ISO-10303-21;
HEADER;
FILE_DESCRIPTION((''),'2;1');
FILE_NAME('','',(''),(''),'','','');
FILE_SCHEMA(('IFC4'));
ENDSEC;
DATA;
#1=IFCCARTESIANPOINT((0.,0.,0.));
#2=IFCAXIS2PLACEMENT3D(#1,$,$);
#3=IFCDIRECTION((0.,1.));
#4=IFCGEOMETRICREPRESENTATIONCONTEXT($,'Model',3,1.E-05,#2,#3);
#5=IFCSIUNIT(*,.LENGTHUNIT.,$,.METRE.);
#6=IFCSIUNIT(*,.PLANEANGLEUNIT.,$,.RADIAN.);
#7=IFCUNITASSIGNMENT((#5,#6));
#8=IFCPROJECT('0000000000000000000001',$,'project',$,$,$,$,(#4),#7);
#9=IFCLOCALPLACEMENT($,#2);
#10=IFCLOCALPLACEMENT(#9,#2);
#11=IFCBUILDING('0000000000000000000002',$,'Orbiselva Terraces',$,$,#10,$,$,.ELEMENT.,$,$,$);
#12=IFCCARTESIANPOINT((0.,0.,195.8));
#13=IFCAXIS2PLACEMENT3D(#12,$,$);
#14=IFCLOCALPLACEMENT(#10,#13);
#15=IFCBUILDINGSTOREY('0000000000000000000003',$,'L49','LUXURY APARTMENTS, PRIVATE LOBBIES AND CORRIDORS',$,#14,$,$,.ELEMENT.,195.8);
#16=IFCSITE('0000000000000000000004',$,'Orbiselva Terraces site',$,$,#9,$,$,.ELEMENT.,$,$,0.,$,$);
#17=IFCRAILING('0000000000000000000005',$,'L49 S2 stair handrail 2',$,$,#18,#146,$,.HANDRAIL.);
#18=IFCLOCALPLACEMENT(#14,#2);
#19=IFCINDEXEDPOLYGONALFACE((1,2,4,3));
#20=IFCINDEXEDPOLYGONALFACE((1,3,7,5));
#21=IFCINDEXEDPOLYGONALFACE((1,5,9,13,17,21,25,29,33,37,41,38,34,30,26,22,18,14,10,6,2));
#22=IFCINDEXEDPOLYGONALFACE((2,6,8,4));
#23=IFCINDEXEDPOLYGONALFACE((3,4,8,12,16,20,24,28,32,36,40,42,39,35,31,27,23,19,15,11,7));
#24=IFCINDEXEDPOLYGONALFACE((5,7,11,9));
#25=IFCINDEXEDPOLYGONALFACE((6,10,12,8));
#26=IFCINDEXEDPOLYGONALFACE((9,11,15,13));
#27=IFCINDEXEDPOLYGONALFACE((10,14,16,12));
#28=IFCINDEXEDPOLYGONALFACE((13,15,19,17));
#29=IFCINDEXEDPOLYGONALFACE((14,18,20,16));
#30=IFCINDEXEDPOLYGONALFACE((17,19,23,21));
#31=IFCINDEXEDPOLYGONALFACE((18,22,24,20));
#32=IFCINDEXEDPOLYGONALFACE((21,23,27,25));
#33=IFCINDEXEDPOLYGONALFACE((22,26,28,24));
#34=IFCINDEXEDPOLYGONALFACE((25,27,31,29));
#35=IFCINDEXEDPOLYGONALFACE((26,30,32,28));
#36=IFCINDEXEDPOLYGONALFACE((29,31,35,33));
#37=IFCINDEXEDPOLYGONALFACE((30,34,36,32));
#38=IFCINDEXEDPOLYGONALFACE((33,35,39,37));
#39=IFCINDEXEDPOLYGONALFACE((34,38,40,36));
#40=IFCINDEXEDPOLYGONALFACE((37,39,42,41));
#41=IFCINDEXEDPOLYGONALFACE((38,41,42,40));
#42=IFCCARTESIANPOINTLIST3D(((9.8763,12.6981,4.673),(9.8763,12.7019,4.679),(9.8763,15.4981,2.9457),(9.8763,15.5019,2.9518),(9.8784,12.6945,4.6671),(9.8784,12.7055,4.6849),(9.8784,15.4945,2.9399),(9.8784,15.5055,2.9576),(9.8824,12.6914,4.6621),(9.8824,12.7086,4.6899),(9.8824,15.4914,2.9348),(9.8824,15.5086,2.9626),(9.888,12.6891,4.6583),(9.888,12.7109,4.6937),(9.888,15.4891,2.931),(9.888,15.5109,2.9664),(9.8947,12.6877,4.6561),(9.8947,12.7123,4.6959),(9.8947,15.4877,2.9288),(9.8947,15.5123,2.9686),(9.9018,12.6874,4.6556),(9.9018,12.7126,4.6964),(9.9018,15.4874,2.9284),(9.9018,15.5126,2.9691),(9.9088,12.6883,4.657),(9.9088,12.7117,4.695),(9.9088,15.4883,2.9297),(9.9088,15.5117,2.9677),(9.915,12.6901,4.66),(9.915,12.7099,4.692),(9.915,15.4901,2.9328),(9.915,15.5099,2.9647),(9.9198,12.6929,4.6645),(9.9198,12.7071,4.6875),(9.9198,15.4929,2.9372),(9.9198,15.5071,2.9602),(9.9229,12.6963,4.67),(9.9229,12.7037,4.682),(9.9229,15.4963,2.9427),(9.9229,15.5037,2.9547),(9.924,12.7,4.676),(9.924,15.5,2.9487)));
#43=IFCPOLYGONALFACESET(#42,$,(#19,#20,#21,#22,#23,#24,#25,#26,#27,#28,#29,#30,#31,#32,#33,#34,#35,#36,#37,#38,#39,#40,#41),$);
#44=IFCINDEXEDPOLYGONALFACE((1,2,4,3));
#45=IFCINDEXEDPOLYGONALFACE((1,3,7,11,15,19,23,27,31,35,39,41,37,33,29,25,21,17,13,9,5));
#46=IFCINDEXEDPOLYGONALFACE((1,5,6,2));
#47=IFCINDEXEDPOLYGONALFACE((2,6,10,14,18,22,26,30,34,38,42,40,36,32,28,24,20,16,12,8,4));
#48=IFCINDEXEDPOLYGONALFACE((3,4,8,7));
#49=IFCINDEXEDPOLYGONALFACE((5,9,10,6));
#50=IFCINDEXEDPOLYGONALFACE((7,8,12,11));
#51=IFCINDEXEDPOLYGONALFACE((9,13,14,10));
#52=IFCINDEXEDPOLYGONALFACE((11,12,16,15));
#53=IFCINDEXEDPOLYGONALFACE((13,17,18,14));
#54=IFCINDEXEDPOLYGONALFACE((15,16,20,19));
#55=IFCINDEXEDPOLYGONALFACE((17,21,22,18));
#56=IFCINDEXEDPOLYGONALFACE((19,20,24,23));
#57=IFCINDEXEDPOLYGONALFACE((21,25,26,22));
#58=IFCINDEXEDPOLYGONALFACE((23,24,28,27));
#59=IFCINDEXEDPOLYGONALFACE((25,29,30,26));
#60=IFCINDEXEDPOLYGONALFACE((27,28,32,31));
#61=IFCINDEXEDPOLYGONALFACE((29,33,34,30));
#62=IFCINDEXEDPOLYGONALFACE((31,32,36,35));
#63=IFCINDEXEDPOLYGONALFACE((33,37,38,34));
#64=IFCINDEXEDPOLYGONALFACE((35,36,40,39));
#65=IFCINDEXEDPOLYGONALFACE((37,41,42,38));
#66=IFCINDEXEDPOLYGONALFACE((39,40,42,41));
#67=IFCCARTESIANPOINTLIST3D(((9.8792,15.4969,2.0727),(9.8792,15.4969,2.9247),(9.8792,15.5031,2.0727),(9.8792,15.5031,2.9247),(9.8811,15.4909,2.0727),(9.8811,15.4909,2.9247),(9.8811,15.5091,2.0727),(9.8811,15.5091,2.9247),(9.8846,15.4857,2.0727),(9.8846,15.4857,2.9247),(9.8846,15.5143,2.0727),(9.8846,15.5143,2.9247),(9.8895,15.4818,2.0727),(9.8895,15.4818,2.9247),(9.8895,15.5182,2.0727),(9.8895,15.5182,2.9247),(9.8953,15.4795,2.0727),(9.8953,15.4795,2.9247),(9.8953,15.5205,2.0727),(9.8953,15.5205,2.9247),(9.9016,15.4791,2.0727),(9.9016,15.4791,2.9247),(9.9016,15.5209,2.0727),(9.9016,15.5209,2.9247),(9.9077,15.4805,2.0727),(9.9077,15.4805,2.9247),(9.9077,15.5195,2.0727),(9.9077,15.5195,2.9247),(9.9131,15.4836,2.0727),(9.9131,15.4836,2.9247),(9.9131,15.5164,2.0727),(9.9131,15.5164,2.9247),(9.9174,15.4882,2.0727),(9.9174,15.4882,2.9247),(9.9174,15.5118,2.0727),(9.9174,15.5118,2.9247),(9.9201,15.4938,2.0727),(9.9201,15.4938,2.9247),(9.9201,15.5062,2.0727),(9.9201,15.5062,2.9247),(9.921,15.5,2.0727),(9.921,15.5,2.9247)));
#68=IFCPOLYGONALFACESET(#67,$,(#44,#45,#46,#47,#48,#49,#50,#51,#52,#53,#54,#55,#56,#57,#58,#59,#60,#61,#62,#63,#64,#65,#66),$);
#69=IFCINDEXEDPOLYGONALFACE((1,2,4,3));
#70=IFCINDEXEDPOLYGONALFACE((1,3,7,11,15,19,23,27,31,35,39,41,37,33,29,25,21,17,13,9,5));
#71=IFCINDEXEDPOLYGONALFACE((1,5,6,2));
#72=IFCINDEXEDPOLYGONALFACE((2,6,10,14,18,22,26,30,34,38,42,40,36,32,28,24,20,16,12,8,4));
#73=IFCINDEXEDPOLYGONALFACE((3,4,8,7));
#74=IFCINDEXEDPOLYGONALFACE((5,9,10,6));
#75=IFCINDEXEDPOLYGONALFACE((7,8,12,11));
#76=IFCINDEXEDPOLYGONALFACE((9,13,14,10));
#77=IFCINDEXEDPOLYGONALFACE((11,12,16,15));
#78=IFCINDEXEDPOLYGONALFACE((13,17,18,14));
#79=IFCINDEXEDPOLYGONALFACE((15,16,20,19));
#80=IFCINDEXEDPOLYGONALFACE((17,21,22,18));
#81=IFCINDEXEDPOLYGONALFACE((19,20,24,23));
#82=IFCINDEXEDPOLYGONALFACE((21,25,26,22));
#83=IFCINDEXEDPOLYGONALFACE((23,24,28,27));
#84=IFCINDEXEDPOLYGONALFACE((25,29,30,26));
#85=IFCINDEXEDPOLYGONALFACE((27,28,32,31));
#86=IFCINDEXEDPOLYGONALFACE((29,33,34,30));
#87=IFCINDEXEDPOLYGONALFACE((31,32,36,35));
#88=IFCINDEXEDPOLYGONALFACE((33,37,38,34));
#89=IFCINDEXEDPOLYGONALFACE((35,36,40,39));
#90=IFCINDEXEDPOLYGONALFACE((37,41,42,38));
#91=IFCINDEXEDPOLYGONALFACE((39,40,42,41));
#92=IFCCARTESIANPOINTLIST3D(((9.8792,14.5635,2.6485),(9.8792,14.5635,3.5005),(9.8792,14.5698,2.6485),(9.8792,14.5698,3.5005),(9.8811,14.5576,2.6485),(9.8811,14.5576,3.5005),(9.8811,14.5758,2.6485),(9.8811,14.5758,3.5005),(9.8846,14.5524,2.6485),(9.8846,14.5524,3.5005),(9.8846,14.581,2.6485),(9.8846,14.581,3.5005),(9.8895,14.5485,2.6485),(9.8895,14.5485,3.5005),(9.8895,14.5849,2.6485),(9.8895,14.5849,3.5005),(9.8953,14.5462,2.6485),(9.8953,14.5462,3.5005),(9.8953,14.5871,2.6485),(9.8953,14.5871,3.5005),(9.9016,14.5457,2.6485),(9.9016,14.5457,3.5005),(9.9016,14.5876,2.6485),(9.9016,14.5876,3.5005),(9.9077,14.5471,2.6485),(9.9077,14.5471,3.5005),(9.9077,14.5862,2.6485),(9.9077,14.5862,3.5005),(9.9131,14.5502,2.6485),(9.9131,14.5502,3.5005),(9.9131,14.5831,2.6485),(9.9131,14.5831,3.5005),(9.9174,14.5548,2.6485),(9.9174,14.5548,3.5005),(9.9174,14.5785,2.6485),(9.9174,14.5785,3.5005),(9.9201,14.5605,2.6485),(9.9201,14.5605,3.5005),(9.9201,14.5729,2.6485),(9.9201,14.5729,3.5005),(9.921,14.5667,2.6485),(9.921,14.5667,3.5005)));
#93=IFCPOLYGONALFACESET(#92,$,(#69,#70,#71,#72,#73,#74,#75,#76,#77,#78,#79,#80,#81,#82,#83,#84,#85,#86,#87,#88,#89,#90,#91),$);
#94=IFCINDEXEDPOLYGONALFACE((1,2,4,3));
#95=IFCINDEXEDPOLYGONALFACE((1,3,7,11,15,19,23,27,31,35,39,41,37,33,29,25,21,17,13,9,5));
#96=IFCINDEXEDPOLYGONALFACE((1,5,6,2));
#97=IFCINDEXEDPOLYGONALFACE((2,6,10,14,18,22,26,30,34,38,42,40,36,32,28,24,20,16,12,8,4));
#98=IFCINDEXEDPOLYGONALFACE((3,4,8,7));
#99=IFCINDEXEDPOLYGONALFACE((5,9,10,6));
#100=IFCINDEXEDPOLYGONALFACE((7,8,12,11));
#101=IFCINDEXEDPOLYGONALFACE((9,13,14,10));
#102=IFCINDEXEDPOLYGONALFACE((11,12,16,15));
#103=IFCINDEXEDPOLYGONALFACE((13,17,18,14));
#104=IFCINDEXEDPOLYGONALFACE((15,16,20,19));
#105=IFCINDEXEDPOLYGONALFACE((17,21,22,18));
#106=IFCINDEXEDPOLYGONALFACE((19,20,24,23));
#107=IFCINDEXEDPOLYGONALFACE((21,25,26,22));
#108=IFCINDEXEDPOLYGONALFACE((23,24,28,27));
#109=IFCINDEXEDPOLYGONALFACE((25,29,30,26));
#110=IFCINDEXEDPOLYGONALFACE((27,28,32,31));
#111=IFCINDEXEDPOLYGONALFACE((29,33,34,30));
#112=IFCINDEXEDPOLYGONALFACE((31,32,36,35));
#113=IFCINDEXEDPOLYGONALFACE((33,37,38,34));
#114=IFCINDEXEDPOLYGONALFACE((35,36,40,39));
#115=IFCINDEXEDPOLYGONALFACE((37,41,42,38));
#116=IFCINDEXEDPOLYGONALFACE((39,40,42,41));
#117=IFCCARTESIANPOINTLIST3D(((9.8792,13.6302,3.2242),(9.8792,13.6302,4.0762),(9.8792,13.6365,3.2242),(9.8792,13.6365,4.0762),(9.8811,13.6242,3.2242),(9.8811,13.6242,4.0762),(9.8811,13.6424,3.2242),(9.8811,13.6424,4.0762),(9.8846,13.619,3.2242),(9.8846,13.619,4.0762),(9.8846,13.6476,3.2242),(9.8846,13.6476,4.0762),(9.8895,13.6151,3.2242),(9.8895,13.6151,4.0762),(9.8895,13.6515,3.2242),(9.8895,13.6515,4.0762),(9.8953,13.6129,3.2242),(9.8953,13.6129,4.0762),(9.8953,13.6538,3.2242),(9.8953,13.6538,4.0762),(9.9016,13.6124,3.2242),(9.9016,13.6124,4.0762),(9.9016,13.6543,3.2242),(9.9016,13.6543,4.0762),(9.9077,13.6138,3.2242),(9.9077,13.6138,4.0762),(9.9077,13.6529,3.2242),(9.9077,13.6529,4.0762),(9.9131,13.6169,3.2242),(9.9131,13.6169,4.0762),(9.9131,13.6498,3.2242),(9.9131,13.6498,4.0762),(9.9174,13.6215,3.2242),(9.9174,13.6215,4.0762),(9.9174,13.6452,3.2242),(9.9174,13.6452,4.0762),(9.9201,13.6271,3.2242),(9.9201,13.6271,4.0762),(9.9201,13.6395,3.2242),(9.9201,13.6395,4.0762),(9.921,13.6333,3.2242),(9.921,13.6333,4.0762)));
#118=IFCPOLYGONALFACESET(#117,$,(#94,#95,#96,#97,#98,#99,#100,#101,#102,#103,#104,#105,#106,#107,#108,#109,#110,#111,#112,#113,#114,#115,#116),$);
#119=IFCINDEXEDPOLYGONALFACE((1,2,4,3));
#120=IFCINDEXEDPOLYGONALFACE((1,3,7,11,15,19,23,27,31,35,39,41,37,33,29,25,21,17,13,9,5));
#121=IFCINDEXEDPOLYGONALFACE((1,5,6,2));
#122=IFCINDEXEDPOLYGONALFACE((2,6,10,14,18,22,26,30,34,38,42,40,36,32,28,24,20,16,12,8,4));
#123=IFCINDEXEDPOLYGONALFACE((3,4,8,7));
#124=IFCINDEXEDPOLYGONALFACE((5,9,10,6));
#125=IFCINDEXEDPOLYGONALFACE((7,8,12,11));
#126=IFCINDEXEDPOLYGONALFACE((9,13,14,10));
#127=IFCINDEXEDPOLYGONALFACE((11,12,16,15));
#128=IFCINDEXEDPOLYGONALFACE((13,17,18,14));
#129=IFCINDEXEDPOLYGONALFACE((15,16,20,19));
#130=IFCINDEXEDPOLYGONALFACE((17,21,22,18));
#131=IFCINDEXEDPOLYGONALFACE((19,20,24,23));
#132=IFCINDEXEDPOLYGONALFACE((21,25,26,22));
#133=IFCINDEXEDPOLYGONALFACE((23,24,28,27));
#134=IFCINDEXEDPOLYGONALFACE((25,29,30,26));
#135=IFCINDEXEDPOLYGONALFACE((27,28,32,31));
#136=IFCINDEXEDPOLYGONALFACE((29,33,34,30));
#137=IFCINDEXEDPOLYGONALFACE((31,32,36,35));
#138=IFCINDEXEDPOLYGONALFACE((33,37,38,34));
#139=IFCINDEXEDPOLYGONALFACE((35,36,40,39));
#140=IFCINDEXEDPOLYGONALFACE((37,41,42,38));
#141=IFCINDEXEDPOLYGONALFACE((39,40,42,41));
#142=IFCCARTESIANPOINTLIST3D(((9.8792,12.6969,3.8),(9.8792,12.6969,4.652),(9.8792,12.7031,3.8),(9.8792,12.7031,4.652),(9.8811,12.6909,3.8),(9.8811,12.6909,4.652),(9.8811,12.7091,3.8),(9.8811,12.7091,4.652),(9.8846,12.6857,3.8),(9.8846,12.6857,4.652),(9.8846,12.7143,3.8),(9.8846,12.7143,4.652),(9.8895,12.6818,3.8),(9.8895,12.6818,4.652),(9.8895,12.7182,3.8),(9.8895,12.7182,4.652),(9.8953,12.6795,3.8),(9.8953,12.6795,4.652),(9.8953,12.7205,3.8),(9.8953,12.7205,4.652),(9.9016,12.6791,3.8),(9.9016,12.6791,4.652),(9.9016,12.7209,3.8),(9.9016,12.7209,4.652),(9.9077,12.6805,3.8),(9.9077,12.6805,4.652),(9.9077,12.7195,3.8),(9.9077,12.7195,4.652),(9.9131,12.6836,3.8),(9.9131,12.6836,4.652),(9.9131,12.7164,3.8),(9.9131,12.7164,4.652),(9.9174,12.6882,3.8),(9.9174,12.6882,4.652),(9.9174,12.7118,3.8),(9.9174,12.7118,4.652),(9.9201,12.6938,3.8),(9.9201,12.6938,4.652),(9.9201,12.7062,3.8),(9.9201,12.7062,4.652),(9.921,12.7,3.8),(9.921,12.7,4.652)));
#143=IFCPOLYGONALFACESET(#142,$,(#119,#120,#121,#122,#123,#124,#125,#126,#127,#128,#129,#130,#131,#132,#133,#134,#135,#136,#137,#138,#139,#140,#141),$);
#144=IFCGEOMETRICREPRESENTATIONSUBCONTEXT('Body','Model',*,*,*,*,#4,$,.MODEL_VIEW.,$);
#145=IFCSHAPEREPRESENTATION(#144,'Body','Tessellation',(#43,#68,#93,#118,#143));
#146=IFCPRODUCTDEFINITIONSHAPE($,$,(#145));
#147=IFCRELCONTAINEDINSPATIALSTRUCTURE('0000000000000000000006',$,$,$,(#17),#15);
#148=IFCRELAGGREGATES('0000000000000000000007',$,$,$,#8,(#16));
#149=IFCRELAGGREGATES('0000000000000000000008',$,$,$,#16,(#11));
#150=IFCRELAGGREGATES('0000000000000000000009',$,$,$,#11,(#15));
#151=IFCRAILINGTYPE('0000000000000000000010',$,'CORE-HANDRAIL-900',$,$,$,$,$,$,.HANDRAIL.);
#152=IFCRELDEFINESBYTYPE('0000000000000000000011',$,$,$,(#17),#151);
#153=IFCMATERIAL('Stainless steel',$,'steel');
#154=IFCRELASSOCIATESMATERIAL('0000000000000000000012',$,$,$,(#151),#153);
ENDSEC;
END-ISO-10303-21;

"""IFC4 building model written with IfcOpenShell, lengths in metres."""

from ifc_helpers import new_model, si_unit, direction, frame, origin, origin_2d, place, context, subcontext, project, spatial, circle, extrude, material, type_object, element, save


model = new_model("IFC4")

# Units and contexts
model_context = context("Model", 3, precision=1e-05, world=origin(), true_north=direction((0.0, 1.0)))
body_context = subcontext(model_context, "Body", "Model", "MODEL_VIEW")
ifc_project = project(units=[si_unit("LENGTHUNIT", "METRE"), si_unit("PLANEANGLEUNIT", "RADIAN")], contexts=[model_context])

# Site, building, storey
site_placement = place(None, origin())
site = spatial("IfcSite", under=ifc_project, at=site_placement, Name="Orbiselva Terraces site", CompositionType="ELEMENT", RefElevation=0.0)
building_placement = place(site_placement, origin())
building = spatial("IfcBuilding", under=site, at=building_placement, Name="Orbiselva Terraces", CompositionType="ELEMENT")
storey_placement = place(building_placement, frame((0.0, 0.0, 195.8)))
storey = spatial("IfcBuildingStorey", under=building, at=storey_placement, Name="L49", Description="LUXURY APARTMENTS, PRIVATE LOBBIES AND CORRIDORS", CompositionType="ELEMENT", Elevation=195.8)

# Railing
ifc_material_1 = material(Name="Stainless steel", Category="steel")
railing_type = type_object("IfcRailingType", Name="CORE-HANDRAIL-900", PredefinedType="HANDRAIL", material=ifc_material_1)
railing_1_placement = place(storey_placement, frame((9.9, 15.5, 2.0727)))
element("IfcRailing", 1, at=railing_1_placement, inside=storey, type_object=railing_type, Name="L49 S2 stair handrail 2", PredefinedType="HANDRAIL", context=body_context, shape_type="SweptSolid", body=[
    extrude(circle(Radius=0.024, at=origin_2d()), frame((0.0, 0.0, 0.876), z_axis=(0.0, -0.851089, 0.525022), x_axis=(1.0, 0.0, 0.0)), (0.0, 0.0, 1.0), 3.2899),
    extrude(circle(Radius=0.021, at=origin_2d()), origin(), (0.0, 0.0, 1.0), 0.852),
    extrude(circle(Radius=0.021, at=origin_2d()), frame((0.0, -0.9333, 0.5758)), (0.0, 0.0, 1.0), 0.852),
    extrude(circle(Radius=0.021, at=origin_2d()), frame((0.0, -1.8667, 1.1515)), (0.0, 0.0, 1.0), 0.852),
    extrude(circle(Radius=0.021, at=origin_2d()), frame((0.0, -2.8, 1.7273)), (0.0, 0.0, 1.0), 0.852),
])

save(model, "model.ifc")
